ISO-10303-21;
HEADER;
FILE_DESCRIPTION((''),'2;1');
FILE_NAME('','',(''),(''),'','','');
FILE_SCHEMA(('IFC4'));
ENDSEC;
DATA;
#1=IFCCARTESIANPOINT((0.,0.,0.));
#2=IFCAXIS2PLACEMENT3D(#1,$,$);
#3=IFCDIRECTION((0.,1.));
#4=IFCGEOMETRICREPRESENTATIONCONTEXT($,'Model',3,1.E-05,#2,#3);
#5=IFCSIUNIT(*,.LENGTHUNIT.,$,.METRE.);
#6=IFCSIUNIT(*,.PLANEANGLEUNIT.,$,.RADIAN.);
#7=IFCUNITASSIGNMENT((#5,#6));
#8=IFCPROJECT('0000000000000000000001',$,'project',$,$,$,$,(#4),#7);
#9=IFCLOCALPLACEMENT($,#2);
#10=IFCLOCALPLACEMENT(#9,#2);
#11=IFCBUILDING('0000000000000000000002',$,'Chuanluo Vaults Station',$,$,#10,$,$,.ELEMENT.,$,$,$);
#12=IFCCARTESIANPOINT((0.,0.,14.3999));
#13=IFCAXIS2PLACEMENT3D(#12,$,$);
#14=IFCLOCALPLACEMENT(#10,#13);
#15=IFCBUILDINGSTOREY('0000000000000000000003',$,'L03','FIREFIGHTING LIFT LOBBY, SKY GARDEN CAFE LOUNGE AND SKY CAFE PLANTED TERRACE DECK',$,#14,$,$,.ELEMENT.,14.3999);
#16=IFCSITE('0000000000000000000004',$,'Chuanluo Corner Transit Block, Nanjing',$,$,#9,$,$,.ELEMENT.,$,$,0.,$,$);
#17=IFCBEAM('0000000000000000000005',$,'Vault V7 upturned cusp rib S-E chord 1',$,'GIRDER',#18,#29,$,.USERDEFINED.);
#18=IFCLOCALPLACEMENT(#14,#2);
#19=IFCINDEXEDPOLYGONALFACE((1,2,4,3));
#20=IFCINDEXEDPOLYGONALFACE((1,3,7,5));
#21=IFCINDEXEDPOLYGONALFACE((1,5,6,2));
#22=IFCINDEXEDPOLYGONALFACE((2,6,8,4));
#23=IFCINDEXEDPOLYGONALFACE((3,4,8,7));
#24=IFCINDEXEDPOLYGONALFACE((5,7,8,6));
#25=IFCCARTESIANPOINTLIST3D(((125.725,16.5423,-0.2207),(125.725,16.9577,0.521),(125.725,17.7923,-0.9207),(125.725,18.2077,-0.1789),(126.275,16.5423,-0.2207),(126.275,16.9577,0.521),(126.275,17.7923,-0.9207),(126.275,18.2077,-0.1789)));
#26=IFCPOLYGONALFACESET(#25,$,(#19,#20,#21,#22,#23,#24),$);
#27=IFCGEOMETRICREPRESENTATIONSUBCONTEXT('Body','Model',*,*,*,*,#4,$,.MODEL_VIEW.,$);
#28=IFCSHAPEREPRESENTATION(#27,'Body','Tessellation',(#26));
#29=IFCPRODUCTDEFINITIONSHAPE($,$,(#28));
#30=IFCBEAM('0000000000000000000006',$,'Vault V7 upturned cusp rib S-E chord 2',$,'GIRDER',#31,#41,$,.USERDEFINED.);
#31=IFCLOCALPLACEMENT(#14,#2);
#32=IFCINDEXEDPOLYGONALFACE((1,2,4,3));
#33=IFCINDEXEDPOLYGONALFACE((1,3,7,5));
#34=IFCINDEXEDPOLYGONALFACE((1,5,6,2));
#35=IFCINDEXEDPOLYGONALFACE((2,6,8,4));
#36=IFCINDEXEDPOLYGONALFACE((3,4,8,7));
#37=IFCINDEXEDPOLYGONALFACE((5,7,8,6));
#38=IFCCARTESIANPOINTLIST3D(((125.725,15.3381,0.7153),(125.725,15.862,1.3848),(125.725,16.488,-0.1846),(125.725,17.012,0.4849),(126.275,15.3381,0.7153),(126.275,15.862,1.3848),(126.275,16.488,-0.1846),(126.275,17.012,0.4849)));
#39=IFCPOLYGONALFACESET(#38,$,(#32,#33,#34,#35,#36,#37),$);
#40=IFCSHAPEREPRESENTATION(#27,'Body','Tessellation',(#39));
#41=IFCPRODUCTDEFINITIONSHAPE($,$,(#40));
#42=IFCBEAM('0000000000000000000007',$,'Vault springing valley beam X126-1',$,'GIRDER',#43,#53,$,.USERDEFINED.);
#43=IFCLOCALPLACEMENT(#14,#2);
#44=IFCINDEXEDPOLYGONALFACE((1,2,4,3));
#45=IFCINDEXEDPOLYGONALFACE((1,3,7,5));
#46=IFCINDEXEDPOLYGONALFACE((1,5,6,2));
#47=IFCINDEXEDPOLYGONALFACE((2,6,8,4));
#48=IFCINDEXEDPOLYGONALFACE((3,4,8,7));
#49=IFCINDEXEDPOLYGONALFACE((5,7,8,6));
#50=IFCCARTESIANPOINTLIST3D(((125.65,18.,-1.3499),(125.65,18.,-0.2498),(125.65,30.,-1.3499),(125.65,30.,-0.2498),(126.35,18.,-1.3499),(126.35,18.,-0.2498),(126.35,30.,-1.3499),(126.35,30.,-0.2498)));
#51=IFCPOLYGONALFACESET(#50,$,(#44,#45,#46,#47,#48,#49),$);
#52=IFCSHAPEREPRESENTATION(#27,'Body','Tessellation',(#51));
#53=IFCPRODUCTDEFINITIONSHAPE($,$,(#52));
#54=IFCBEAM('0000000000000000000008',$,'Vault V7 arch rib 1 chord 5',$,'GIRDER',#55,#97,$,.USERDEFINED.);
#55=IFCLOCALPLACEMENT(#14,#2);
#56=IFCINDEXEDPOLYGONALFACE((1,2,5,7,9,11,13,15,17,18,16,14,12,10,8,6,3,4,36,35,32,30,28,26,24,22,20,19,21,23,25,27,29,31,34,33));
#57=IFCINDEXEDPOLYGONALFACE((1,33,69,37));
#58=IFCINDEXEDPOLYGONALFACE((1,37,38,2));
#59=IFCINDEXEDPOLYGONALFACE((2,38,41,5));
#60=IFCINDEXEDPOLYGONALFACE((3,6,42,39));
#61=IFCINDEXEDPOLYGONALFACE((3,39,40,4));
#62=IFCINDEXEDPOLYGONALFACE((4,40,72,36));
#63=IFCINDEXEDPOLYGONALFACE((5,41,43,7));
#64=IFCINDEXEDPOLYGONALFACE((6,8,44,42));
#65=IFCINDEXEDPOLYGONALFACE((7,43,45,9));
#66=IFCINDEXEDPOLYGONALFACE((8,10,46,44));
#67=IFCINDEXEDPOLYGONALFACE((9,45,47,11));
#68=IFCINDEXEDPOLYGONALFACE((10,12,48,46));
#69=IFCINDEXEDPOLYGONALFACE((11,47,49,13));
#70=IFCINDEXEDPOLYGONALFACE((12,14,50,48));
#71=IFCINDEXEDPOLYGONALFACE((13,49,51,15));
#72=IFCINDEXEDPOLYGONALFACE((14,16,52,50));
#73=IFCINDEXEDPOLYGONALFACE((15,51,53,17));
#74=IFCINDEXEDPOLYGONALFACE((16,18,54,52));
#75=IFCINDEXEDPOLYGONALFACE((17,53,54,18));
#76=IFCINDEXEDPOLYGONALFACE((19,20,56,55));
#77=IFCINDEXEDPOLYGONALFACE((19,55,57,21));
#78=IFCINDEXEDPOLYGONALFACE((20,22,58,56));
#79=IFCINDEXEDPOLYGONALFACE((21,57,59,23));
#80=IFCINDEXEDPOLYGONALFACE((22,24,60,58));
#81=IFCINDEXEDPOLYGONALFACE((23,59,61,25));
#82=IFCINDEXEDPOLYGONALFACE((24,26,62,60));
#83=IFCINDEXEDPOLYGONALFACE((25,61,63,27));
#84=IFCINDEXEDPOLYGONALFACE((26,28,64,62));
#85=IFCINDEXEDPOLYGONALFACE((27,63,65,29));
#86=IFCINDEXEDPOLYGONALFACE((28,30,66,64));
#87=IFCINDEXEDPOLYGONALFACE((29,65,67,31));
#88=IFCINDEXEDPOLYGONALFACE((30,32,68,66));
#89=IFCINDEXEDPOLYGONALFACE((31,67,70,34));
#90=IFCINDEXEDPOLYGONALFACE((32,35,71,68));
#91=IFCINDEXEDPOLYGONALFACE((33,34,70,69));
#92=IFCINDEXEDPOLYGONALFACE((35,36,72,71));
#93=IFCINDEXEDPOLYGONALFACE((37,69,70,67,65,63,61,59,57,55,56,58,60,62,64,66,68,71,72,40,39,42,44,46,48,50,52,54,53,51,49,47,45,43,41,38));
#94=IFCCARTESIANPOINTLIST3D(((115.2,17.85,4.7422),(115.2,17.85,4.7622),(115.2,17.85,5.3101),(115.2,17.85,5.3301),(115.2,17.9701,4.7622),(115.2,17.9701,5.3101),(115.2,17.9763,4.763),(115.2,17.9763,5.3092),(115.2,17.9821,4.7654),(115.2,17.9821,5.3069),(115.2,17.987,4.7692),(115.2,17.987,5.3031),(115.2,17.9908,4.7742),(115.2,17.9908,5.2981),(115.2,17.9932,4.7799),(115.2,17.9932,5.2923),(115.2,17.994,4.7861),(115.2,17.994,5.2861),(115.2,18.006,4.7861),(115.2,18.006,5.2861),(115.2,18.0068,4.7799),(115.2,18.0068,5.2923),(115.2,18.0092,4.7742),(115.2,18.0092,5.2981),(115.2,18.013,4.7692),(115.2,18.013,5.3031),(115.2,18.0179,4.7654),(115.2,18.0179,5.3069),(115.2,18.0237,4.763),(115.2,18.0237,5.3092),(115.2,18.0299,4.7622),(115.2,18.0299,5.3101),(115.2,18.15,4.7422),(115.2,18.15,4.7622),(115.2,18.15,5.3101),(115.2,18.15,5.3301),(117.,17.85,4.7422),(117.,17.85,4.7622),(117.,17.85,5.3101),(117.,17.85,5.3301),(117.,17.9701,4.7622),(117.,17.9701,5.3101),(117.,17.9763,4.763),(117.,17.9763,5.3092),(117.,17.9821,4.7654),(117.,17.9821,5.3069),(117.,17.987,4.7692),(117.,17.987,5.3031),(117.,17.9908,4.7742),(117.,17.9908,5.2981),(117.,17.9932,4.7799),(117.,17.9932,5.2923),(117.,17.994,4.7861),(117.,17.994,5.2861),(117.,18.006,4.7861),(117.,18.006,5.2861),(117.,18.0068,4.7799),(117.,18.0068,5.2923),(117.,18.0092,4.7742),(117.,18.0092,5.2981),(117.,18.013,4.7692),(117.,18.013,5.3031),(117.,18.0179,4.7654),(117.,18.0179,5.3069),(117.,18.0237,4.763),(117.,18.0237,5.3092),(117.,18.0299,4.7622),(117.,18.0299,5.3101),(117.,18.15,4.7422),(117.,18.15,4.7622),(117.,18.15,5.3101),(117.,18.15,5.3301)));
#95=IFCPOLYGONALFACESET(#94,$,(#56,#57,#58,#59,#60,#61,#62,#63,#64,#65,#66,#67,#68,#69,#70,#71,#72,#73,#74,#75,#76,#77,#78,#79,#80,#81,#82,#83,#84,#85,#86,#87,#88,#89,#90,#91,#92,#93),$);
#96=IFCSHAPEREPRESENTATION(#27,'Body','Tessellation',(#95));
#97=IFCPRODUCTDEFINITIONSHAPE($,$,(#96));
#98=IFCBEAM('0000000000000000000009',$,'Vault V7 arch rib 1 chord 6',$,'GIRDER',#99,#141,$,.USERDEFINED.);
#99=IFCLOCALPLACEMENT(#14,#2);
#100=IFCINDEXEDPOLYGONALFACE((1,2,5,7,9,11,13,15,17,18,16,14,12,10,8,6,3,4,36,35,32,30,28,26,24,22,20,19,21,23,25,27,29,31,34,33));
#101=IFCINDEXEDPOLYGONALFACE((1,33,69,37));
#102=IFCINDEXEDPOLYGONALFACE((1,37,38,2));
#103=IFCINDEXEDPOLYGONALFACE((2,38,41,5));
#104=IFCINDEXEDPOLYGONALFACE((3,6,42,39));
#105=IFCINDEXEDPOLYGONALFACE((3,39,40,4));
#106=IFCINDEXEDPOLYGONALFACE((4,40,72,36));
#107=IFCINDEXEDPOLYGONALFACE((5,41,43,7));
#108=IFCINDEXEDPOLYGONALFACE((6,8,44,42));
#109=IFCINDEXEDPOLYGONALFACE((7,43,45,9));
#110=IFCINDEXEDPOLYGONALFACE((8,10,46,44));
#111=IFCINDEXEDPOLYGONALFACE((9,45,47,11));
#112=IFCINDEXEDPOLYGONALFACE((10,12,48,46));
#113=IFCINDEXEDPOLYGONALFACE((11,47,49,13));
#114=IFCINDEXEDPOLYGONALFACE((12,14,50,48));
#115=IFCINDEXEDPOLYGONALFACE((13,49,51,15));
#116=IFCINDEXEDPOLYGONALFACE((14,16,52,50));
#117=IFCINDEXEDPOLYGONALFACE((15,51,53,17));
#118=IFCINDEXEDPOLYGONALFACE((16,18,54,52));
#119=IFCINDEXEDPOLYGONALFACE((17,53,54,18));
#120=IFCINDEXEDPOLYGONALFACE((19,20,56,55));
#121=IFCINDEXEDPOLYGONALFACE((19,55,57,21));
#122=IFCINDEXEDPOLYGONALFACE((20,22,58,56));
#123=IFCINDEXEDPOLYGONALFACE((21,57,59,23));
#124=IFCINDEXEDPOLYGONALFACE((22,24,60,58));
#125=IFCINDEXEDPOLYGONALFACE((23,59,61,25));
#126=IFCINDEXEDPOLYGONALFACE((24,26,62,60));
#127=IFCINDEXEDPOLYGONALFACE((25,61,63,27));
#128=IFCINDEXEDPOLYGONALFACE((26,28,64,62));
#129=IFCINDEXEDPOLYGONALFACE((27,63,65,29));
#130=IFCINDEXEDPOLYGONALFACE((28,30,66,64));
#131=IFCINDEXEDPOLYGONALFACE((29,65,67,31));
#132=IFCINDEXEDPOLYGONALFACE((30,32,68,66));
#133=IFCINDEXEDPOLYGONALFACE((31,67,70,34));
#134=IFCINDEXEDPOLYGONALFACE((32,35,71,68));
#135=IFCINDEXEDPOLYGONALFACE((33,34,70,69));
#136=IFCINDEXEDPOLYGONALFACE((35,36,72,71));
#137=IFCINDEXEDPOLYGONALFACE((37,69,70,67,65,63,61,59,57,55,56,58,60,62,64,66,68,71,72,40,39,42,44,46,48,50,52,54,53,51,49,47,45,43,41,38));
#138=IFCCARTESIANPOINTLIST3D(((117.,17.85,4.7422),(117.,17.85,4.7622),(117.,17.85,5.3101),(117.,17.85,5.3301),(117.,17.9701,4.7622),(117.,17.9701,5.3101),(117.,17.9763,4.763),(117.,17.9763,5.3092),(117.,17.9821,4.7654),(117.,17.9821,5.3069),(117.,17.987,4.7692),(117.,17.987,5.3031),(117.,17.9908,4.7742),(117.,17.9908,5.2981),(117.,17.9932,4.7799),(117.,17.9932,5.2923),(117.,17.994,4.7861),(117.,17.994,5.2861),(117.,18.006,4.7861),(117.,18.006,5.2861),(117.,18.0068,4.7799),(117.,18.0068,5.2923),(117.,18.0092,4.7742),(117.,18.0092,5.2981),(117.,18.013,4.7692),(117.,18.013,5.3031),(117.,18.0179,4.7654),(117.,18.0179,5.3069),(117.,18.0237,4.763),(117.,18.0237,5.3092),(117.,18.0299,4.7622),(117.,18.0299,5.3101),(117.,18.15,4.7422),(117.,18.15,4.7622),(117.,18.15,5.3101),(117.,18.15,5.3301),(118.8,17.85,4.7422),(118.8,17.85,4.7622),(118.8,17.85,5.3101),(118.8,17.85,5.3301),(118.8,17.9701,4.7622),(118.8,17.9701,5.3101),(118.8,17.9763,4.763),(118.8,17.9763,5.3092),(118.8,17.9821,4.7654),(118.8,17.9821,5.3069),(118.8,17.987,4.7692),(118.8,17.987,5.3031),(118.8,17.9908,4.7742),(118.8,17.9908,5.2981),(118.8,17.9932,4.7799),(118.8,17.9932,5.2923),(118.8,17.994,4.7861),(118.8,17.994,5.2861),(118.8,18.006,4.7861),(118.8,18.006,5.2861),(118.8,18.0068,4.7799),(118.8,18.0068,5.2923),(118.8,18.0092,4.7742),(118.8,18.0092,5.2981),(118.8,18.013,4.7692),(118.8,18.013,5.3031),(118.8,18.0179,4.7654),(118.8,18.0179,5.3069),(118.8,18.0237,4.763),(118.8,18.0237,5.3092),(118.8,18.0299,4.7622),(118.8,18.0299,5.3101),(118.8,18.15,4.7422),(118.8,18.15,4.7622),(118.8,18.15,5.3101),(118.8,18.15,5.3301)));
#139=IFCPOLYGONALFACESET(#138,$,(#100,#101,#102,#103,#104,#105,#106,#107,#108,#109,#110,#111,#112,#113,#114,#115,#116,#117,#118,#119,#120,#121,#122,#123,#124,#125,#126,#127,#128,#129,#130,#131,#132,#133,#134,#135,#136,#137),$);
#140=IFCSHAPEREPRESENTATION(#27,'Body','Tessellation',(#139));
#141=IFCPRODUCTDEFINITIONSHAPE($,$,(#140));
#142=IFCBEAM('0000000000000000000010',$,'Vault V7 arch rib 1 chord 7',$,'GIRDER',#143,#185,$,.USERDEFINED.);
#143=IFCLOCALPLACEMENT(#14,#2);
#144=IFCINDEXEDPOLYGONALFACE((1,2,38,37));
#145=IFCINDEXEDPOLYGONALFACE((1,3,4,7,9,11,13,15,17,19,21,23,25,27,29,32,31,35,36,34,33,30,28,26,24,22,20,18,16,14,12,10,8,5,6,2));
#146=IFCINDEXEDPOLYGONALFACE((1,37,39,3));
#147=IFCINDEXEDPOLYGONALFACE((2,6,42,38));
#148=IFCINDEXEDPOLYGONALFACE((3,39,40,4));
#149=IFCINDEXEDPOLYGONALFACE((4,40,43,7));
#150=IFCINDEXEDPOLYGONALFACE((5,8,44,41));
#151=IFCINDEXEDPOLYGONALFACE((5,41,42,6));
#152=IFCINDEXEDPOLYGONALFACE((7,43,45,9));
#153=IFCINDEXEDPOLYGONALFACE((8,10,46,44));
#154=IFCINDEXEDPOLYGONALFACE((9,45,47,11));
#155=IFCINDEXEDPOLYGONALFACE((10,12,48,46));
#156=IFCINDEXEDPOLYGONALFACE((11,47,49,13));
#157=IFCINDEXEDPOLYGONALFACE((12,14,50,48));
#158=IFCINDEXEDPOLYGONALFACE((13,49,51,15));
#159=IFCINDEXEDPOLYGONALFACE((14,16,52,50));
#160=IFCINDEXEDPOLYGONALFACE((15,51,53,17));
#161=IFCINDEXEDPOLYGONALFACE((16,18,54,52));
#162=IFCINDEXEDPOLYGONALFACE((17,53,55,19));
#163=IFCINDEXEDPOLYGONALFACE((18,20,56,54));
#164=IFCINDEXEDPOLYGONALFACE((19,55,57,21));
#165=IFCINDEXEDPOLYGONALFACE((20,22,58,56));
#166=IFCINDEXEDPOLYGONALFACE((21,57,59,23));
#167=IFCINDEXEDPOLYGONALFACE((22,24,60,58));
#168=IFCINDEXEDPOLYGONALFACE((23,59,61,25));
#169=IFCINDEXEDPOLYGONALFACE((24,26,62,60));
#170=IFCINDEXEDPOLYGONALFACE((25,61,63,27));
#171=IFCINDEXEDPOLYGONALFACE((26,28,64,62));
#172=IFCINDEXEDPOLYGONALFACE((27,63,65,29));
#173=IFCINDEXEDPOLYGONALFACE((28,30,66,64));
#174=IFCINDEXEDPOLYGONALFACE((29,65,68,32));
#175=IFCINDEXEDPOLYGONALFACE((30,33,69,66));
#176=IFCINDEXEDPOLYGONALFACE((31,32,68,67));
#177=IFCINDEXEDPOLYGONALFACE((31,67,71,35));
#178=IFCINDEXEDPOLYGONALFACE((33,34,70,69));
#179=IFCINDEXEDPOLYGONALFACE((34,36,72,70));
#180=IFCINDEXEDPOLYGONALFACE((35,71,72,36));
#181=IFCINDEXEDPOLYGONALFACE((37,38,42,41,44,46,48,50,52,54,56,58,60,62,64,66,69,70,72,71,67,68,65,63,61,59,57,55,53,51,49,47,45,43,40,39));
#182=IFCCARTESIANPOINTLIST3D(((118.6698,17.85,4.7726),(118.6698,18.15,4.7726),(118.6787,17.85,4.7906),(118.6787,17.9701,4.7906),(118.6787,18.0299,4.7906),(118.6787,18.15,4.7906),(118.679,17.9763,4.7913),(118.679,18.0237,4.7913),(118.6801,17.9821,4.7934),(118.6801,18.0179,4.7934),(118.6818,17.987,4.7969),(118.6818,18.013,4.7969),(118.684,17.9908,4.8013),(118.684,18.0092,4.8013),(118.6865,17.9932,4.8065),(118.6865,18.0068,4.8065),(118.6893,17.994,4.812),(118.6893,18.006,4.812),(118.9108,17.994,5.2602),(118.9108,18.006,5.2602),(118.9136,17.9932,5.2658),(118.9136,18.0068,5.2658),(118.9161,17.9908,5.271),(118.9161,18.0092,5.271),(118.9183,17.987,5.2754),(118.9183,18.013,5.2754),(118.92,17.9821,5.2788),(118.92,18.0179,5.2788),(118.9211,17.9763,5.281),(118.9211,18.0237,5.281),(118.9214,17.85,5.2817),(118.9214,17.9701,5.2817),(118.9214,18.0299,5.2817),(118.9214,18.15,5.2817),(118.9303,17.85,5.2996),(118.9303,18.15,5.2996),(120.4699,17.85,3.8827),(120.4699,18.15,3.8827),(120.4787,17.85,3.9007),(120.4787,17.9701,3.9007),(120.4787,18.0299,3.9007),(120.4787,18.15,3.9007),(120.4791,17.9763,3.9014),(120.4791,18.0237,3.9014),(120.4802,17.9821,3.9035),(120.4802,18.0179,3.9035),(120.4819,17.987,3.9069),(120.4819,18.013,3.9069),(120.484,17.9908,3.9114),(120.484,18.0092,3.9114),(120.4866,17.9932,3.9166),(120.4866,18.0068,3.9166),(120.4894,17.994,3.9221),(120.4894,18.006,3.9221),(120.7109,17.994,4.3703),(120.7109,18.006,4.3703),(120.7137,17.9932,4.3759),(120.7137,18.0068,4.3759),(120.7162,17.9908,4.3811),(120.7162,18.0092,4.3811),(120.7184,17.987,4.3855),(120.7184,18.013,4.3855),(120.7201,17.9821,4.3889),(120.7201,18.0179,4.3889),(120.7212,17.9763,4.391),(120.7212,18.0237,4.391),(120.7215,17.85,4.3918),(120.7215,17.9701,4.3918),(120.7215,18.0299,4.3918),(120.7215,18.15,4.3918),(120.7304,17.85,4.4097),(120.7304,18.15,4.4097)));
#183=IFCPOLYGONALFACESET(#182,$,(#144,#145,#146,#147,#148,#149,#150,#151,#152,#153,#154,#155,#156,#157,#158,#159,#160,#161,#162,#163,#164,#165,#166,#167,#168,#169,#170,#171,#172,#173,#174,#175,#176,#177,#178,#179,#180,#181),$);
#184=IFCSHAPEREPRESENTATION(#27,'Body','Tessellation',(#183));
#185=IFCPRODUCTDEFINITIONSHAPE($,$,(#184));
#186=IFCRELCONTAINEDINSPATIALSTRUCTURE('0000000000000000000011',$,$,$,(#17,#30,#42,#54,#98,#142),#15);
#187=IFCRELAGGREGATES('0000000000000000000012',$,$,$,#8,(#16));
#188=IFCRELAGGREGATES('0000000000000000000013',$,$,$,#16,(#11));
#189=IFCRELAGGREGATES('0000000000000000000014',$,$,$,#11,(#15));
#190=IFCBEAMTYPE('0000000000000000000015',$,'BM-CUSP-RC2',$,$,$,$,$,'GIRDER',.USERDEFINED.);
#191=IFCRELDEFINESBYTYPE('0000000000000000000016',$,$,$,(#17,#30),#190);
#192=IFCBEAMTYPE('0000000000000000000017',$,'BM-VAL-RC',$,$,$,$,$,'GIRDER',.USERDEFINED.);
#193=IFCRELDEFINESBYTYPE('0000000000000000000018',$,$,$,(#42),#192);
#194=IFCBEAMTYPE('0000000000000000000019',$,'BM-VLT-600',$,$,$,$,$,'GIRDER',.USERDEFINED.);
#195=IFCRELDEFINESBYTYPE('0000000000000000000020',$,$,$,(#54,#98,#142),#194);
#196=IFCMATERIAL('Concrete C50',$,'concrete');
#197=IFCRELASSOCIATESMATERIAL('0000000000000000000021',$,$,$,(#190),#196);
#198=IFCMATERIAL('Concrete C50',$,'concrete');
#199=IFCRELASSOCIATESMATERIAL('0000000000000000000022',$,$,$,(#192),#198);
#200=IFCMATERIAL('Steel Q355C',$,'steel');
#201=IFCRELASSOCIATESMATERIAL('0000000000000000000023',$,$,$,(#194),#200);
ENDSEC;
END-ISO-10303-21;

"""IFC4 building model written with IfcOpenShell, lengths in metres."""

from ifc_helpers import new_model, si_unit, direction, frame, origin, origin_2d, place, context, subcontext, project, spatial, rectangle, i_section, extrude, material, material_profile, profile_set, type_object, element, save


model = new_model("IFC4")

# Units and contexts
model_context = context("Model", 3, precision=1e-05, world=origin(), true_north=direction((0.0, 1.0)))
body_context = subcontext(model_context, "Body", "Model", "MODEL_VIEW")
ifc_project = project(units=[si_unit("LENGTHUNIT", "METRE"), si_unit("PLANEANGLEUNIT", "RADIAN")], contexts=[model_context])

# Site, building, storey
site_placement = place(None, origin())
site = spatial("IfcSite", under=ifc_project, at=site_placement, Name="Chuanluo Corner Transit Block, Nanjing", CompositionType="ELEMENT", RefElevation=0.0)
building_placement = place(site_placement, origin())
building = spatial("IfcBuilding", under=site, at=building_placement, Name="Chuanluo Vaults Station", CompositionType="ELEMENT")
storey_placement = place(building_placement, frame((0.0, 0.0, 14.3999)))
storey = spatial("IfcBuildingStorey", under=building, at=storey_placement, Name="L03", Description="FIREFIGHTING LIFT LOBBY, SKY GARDEN CAFE LOUNGE AND SKY CAFE PLANTED TERRACE DECK", CompositionType="ELEMENT", Elevation=14.3999)

# Beams
ifc_material_1 = material(Name="Concrete C50", Category="concrete")
ifc_material_profile_1 = material_profile(ifc_material_1, rectangle(XDim=0.55, YDim=0.8501, at=origin_2d()))
ifc_profile_set_1 = profile_set([ifc_material_profile_1], Name="Concrete C50")
beam_type_1 = type_object("IfcBeamType", Name="BM-CUSP-RC2", ElementType="GIRDER", PredefinedType="USERDEFINED", material=ifc_profile_set_1)
beam_1_placement = place(storey_placement, frame((126.0, 18.0, -0.5498), z_axis=(0.0, -0.872521, 0.488577), x_axis=(1.0, 0.0, 0.0)))
element("IfcBeam", 1, at=beam_1_placement, inside=storey, type_object=beam_type_1, Name="Vault V7 upturned cusp rib S-E chord 1", ObjectType="GIRDER", PredefinedType="USERDEFINED", context=body_context, shape_type="SweptSolid", body=[
    extrude(rectangle(XDim=0.55, YDim=0.8501, at=origin_2d()), origin(), (0.0, 0.0, 1.0), 1.4326),
])
beam_2_placement = place(storey_placement, frame((126.0, 16.75, 0.1501), z_axis=(0.0, -0.787512, 0.616299), x_axis=(1.0, 0.0, 0.0)))
element("IfcBeam", 2, at=beam_2_placement, inside=storey, type_object=beam_type_1, Name="Vault V7 upturned cusp rib S-E chord 2", ObjectType="GIRDER", PredefinedType="USERDEFINED", context=body_context, shape_type="SweptSolid", body=[
    extrude(rectangle(XDim=0.55, YDim=0.8501, at=origin_2d()), origin(), (0.0, 0.0, 1.0), 1.4602),
])
ifc_material_2 = material(Name="Concrete C50", Category="concrete")
ifc_material_profile_2 = material_profile(ifc_material_2, rectangle(XDim=0.7, YDim=1.1001, at=origin_2d()))
ifc_profile_set_2 = profile_set([ifc_material_profile_2], Name="Concrete C50")
beam_type_2 = type_object("IfcBeamType", Name="BM-VAL-RC", ElementType="GIRDER", PredefinedType="USERDEFINED", material=ifc_profile_set_2)
beam_3_placement = place(storey_placement, frame((126.0, 18.0, -0.7998), z_axis=(0.0, 1.0, 0.0), x_axis=(-1.0, 0.0, 0.0)))
element("IfcBeam", 3, at=beam_3_placement, inside=storey, type_object=beam_type_2, Name="Vault springing valley beam X126-1", ObjectType="GIRDER", PredefinedType="USERDEFINED", context=body_context, shape_type="SweptSolid", body=[
    extrude(rectangle(XDim=0.7, YDim=1.1001, at=origin_2d()), origin(), (0.0, 0.0, 1.0), 12.0),
])
ifc_material_3 = material(Name="Steel Q355C", Category="steel")
ifc_material_profile_3 = material_profile(ifc_material_3, i_section(OverallWidth=0.3, OverallDepth=0.5879, WebThickness=0.012, FlangeThickness=0.02, FilletRadius=0.0239, at=origin_2d()))
ifc_profile_set_3 = profile_set([ifc_material_profile_3], Name="Steel Q355C")
beam_type_3 = type_object("IfcBeamType", Name="BM-VLT-600", ElementType="GIRDER", PredefinedType="USERDEFINED", material=ifc_profile_set_3)
for number, where, z_axis, x_axis, name in (
    (4, (115.2, 18.0, 5.0361), (1.0, 0.0, 0.0), (0.0, 1.0, 0.0), "Vault V7 arch rib 1 chord 5"),
    (5, (117.0, 18.0, 5.0361), (1.0, 0.0, 0.0), (0.0, 1.0, 0.0), "Vault V7 arch rib 1 chord 6"),
):
    element("IfcBeam", number, at=place(storey_placement, frame(where, z_axis=z_axis, x_axis=x_axis)), inside=storey, type_object=beam_type_3, Name=name, ObjectType="GIRDER", PredefinedType="USERDEFINED", context=body_context, shape_type="SweptSolid", body=[
        extrude(i_section(OverallWidth=0.3, OverallDepth=0.5879, WebThickness=0.012, FlangeThickness=0.02, FilletRadius=0.0239, at=origin_2d()), origin(), (0.0, 0.0, 1.0), 1.8),
    ])
beam_4_placement = place(storey_placement, frame((118.8, 18.0, 5.0361), z_axis=(0.896436, 0.0, -0.443172), x_axis=(0.0, 1.0, 0.0)))
element("IfcBeam", 6, at=beam_4_placement, inside=storey, type_object=beam_type_3, Name="Vault V7 arch rib 1 chord 7", ObjectType="GIRDER", PredefinedType="USERDEFINED", context=body_context, shape_type="SweptSolid", body=[
    extrude(i_section(OverallWidth=0.3, OverallDepth=0.5879, WebThickness=0.012, FlangeThickness=0.02, FilletRadius=0.0239, at=origin_2d()), origin(), (0.0, 0.0, 1.0), 2.0081),
])

save(model, "model.ifc")
